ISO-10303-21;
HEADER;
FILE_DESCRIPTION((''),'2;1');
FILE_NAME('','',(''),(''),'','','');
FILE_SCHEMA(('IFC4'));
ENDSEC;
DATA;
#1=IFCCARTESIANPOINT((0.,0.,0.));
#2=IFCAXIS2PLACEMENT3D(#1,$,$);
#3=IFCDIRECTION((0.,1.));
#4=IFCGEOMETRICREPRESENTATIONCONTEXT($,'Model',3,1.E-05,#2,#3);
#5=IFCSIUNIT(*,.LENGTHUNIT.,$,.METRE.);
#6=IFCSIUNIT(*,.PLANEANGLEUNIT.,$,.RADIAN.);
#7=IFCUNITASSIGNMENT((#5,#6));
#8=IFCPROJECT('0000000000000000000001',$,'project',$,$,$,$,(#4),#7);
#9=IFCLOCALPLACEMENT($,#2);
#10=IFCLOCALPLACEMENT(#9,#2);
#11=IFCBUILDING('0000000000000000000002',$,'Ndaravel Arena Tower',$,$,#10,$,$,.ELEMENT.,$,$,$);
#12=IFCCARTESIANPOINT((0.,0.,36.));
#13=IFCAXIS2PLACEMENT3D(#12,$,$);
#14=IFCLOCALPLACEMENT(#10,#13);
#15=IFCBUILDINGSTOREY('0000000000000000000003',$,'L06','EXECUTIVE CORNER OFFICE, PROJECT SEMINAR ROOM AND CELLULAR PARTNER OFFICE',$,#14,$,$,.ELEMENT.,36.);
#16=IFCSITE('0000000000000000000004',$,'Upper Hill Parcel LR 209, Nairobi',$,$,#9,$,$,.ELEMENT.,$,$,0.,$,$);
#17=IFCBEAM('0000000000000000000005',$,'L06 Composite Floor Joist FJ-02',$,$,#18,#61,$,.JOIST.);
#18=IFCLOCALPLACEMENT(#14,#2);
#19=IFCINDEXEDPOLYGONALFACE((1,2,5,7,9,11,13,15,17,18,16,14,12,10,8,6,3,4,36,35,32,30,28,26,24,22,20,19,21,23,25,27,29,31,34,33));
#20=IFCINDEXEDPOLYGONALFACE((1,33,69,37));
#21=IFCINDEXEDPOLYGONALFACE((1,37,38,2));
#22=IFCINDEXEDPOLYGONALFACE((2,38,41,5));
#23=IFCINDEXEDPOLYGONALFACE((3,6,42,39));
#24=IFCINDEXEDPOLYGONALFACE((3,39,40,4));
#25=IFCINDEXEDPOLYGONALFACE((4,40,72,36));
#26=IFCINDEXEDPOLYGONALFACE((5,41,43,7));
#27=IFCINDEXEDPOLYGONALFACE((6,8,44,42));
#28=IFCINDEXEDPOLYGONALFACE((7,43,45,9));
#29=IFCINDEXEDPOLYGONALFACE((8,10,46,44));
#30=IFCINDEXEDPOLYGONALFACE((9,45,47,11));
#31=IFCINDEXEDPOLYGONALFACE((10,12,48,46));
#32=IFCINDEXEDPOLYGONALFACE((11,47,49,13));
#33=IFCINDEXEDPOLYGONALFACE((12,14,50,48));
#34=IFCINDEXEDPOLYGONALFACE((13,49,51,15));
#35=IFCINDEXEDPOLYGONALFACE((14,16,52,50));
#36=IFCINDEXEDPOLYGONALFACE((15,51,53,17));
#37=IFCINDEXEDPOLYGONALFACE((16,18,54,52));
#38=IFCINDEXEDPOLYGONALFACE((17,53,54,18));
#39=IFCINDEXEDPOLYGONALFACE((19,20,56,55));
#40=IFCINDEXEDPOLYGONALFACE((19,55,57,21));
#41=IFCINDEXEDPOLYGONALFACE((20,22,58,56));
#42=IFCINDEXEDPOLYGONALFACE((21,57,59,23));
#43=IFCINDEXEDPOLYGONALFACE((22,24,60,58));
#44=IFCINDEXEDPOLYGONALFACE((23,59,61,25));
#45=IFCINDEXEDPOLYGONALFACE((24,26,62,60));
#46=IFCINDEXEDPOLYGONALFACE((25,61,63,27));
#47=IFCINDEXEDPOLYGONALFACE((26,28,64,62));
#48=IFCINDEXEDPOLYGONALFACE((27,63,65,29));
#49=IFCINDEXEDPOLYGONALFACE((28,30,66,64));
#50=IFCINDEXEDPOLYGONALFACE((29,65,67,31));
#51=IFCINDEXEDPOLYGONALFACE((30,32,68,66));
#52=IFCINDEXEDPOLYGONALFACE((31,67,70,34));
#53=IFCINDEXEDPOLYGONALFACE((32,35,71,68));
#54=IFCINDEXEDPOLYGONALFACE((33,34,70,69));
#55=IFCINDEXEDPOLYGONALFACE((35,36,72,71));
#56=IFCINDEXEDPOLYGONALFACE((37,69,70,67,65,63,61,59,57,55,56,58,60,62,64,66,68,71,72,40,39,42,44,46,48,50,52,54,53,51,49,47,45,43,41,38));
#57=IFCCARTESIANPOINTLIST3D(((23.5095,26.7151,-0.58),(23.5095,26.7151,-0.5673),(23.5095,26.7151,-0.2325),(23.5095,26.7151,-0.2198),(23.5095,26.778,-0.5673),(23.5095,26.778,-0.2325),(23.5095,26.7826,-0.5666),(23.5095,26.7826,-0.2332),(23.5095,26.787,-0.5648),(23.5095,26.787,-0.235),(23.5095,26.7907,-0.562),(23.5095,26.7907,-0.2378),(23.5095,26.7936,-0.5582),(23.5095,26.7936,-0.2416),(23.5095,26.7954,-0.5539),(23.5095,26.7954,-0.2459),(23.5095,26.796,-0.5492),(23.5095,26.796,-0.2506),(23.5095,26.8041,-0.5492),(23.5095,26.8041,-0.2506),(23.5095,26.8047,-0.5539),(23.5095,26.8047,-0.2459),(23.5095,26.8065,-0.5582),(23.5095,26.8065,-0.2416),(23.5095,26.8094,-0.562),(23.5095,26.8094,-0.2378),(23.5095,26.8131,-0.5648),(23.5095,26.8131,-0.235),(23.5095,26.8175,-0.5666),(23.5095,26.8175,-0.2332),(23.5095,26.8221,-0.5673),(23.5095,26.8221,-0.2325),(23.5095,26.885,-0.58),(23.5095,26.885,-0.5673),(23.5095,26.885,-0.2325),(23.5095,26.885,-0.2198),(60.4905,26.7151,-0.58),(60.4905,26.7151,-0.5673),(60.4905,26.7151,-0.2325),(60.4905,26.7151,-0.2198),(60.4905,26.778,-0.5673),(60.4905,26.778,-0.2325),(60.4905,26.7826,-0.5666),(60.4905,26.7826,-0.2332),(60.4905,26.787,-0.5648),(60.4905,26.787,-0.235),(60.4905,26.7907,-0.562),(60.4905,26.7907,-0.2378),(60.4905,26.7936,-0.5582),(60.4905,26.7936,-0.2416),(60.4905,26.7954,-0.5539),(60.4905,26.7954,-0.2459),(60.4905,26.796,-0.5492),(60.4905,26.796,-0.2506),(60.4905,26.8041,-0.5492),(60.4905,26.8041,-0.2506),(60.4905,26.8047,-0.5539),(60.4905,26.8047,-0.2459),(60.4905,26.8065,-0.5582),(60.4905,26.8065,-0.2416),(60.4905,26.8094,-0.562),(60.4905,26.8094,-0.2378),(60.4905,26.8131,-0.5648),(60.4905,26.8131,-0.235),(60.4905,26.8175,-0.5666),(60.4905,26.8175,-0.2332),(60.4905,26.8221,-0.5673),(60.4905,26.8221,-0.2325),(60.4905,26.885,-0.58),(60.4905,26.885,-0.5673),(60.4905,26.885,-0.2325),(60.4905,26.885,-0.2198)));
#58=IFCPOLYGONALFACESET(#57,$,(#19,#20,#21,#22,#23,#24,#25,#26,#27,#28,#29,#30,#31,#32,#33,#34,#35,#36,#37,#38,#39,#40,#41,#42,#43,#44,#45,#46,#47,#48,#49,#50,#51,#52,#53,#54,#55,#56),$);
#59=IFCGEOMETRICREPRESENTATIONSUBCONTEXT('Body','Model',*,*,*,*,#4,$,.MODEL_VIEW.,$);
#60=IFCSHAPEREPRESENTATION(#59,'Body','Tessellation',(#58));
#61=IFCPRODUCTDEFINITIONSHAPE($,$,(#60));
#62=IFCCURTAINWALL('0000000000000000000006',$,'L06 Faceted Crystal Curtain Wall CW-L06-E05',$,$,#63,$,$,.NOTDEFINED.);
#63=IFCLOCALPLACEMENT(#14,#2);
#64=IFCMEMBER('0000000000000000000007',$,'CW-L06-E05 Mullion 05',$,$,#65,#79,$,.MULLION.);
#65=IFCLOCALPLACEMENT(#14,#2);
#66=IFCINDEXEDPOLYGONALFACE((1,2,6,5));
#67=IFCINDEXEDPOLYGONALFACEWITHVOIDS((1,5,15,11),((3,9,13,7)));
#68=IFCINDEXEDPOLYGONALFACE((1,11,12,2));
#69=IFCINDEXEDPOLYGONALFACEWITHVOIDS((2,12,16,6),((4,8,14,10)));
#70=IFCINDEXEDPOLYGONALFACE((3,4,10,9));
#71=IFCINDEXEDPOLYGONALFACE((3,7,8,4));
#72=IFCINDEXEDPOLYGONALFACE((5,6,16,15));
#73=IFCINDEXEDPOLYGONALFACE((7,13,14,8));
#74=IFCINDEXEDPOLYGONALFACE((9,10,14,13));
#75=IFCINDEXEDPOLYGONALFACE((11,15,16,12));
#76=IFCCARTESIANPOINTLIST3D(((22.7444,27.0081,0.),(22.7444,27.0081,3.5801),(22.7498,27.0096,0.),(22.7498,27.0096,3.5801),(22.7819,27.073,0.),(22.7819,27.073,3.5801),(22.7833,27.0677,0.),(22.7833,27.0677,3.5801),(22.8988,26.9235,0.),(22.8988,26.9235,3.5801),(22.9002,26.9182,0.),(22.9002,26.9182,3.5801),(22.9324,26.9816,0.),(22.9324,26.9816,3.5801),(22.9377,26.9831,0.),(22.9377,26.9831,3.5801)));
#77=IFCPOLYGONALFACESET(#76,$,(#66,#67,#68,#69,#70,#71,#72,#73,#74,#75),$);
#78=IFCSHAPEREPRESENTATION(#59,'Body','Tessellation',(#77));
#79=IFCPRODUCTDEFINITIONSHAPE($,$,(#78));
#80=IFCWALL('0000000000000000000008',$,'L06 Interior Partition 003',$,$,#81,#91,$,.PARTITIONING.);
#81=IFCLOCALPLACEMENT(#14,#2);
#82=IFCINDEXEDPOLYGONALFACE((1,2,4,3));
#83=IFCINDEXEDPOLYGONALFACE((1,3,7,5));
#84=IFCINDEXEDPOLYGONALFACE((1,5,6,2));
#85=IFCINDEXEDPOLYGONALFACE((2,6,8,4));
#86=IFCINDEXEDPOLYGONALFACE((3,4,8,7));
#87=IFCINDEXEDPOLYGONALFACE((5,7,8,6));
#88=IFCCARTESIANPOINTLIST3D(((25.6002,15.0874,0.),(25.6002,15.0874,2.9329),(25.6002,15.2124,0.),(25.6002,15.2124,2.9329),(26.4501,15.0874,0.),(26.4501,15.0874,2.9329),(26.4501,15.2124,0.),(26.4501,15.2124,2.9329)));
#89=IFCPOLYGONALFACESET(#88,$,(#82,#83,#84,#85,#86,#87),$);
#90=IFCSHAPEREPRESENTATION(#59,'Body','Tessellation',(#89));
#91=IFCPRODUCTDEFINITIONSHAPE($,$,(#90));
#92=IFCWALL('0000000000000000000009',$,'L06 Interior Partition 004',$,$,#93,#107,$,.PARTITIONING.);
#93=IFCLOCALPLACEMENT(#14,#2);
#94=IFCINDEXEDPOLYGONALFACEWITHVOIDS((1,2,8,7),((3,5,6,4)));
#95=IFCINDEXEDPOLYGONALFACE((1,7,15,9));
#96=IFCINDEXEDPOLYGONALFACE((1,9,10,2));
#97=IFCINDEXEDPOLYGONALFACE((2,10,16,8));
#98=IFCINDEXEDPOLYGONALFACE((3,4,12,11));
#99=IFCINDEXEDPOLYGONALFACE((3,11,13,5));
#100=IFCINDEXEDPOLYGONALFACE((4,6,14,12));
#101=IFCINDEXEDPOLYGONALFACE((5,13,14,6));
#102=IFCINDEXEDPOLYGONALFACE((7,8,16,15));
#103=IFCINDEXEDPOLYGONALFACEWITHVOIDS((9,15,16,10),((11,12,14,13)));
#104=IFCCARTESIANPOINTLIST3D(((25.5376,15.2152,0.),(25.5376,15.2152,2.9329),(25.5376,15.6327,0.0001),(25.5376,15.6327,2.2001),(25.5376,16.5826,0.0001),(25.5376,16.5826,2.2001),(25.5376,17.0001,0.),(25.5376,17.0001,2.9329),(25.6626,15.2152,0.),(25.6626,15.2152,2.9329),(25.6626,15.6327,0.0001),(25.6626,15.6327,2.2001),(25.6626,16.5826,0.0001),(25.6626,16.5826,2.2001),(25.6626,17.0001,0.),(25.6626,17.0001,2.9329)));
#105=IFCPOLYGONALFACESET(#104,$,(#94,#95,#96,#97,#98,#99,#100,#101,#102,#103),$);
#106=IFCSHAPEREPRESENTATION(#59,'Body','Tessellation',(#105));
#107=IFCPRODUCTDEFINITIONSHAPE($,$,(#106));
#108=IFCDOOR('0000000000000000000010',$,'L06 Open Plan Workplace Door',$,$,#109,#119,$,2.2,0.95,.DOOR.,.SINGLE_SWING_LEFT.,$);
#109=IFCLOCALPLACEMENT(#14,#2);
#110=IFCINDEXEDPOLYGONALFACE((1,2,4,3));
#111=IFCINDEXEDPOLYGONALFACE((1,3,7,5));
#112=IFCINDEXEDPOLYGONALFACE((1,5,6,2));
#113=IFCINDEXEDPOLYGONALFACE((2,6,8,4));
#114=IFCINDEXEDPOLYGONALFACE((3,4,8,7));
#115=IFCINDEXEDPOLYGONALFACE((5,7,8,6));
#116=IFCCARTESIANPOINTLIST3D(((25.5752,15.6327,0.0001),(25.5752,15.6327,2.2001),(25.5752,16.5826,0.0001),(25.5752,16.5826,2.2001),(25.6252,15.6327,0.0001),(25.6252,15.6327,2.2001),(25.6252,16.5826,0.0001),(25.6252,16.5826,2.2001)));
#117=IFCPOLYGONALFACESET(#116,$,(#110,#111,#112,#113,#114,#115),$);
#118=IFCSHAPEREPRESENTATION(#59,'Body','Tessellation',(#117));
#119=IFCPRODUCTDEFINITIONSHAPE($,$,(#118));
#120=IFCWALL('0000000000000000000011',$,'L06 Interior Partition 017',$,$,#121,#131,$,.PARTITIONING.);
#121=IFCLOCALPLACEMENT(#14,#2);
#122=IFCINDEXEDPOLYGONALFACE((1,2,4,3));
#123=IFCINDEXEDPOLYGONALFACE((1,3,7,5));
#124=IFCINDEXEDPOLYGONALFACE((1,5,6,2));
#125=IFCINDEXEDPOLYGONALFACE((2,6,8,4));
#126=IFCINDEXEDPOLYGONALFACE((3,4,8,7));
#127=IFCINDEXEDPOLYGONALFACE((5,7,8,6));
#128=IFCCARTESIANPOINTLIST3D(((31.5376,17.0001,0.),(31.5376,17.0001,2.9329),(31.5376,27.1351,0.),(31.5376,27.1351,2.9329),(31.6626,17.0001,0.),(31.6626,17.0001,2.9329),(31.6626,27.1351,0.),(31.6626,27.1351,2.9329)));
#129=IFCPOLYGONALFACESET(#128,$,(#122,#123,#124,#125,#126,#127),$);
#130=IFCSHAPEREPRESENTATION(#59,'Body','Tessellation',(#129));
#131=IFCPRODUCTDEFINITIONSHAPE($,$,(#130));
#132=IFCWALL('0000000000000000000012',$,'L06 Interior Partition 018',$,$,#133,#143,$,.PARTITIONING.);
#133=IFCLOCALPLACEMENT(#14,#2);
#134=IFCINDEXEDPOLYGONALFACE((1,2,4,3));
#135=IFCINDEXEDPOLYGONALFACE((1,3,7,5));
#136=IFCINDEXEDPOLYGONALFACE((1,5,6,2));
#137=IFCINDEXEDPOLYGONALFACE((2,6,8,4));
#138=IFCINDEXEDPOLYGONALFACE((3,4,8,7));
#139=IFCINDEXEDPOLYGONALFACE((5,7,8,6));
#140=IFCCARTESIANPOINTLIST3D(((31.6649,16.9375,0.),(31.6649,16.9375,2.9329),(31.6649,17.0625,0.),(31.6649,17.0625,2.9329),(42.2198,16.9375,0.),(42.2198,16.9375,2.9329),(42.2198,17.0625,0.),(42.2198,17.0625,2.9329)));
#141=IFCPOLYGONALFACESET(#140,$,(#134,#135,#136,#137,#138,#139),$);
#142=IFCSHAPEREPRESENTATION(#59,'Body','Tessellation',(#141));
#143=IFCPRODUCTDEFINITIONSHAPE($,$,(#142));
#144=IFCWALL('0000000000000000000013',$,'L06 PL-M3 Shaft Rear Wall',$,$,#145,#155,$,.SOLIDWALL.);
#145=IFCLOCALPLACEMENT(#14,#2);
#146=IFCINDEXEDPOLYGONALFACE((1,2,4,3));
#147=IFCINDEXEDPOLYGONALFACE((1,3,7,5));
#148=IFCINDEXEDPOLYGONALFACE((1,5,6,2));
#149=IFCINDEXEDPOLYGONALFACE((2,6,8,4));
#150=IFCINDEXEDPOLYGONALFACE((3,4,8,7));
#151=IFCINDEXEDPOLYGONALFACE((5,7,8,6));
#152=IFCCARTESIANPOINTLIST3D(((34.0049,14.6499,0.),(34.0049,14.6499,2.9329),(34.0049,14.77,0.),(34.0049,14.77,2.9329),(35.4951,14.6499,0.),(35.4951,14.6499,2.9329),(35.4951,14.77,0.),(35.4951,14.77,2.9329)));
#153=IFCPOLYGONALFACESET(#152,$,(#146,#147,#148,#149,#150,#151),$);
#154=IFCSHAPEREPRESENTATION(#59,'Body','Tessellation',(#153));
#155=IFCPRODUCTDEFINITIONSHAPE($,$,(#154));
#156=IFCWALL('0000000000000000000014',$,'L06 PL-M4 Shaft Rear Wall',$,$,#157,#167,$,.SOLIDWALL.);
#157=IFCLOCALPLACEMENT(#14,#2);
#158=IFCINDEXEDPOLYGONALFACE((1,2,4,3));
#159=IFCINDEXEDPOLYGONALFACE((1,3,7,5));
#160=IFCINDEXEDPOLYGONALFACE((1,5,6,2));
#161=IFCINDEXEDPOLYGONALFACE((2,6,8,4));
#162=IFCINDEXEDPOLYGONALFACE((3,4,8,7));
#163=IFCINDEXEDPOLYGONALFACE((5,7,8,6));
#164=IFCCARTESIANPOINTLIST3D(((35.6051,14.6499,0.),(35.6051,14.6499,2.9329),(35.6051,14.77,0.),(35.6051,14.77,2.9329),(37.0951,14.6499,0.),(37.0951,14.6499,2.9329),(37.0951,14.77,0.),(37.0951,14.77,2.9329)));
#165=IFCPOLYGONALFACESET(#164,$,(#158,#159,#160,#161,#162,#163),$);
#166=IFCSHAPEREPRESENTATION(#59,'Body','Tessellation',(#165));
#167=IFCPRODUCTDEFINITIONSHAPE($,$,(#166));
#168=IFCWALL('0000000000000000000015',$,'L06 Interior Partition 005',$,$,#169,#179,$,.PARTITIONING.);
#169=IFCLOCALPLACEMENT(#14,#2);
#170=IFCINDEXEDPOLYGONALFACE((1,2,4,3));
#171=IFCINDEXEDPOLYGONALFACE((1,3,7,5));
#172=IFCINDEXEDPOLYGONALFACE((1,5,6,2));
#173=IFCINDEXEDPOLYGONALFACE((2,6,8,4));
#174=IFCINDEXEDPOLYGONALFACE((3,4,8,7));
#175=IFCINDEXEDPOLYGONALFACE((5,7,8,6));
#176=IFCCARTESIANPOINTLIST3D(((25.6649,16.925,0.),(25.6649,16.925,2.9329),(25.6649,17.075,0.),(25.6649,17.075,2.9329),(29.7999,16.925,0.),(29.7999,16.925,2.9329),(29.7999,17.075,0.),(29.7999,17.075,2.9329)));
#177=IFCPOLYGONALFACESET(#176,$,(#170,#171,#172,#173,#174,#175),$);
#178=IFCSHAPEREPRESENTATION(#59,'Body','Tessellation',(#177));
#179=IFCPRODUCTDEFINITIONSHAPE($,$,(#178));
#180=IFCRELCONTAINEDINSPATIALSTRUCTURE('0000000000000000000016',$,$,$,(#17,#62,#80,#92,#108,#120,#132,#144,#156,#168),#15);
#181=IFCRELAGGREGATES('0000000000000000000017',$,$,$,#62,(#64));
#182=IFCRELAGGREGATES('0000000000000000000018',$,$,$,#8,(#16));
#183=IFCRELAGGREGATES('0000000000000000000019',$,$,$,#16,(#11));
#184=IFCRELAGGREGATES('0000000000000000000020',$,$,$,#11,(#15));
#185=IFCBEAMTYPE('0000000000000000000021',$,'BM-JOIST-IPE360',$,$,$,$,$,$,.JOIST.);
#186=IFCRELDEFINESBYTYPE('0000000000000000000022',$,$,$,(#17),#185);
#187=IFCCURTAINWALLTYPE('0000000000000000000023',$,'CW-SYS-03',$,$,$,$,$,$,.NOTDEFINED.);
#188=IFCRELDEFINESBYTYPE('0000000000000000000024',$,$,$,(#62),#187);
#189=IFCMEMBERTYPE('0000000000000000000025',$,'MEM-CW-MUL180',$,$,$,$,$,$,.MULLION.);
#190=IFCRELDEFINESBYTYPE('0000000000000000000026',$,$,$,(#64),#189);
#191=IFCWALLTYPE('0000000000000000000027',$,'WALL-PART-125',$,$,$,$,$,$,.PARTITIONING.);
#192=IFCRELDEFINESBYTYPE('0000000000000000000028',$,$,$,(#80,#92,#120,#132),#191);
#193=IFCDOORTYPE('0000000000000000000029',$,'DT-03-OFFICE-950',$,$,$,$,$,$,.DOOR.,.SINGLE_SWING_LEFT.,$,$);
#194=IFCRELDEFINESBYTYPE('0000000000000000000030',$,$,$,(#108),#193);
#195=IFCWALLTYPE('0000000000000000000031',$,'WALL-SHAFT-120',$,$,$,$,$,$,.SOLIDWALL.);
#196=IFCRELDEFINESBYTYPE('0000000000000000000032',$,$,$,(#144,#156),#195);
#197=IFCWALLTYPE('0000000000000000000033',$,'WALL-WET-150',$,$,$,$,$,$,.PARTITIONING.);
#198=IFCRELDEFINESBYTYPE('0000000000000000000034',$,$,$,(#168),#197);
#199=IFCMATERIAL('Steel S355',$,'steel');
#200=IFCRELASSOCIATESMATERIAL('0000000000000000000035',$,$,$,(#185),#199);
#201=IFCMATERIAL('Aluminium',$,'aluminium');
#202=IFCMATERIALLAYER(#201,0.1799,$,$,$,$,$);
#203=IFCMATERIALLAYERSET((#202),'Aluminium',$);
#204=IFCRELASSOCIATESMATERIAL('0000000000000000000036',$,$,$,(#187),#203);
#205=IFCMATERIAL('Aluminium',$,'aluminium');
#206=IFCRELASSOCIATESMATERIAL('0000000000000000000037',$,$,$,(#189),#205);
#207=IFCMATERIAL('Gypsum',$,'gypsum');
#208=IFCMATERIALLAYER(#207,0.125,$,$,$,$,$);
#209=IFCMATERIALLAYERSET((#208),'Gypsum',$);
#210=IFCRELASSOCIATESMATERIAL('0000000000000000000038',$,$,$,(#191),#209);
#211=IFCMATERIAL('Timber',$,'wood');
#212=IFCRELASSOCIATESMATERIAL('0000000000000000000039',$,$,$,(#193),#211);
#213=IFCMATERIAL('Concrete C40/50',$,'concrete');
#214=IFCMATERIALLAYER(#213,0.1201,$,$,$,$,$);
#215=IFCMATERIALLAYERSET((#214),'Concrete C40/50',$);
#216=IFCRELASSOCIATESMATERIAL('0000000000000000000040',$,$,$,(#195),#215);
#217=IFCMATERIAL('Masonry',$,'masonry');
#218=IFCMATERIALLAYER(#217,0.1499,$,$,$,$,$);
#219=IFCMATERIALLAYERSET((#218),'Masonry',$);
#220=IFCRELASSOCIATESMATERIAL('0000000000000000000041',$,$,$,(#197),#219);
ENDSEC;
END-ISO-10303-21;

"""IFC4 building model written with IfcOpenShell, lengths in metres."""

from ifc_helpers import new_model, si_unit, direction, frame, frame_2d, origin, origin_2d, place, context, subcontext, project, spatial, rectangle, hollow_rectangle, i_section, extrude, material, layer, layer_set, material_profile, profile_set, type_object, element, fill, aggregate, save


model = new_model("IFC4")

# Units and contexts
model_context = context("Model", 3, precision=1e-05, world=origin(), true_north=direction((0.0, 1.0)))
body_context = subcontext(model_context, "Body", "Model", "MODEL_VIEW")
ifc_project = project(units=[si_unit("LENGTHUNIT", "METRE"), si_unit("PLANEANGLEUNIT", "RADIAN")], contexts=[model_context])

# Site, building, storey
site_placement = place(None, origin())
site = spatial("IfcSite", under=ifc_project, at=site_placement, Name="Upper Hill Parcel LR 209, Nairobi", CompositionType="ELEMENT", RefElevation=0.0)
building_placement = place(site_placement, origin())
building = spatial("IfcBuilding", under=site, at=building_placement, Name="Ndaravel Arena Tower", CompositionType="ELEMENT")
storey_placement = place(building_placement, frame((0.0, 0.0, 36.0)))
storey = spatial("IfcBuildingStorey", under=building, at=storey_placement, Name="L06", Description="EXECUTIVE CORNER OFFICE, PROJECT SEMINAR ROOM AND CELLULAR PARTNER OFFICE", CompositionType="ELEMENT", Elevation=36.0)

# Beam
ifc_material_1 = material(Name="Steel S355", Category="steel")
ifc_material_profile_1 = material_profile(ifc_material_1, i_section(OverallWidth=0.1699, OverallDepth=0.3601, WebThickness=0.0081, FlangeThickness=0.0127, FilletRadius=0.0181, at=origin_2d()), Name="IPE 360")
ifc_profile_set_1 = profile_set([ifc_material_profile_1], Name="Steel S355")
beam_type_1 = type_object("IfcBeamType", Name="BM-JOIST-IPE360", PredefinedType="JOIST", material=ifc_profile_set_1)
beam_1_placement = place(storey_placement, frame((23.5095, 26.8, -0.3999), z_axis=(1.0, 0.0, 0.0), x_axis=(0.0, 1.0, 0.0)))
element("IfcBeam", 1, at=beam_1_placement, inside=storey, type_object=beam_type_1, Name="L06 Composite Floor Joist FJ-02", PredefinedType="JOIST", context=body_context, shape_type="SweptSolid", body=[
    extrude(i_section(OverallWidth=0.1699, OverallDepth=0.3601, WebThickness=0.0081, FlangeThickness=0.0127, FilletRadius=0.0181, at=origin_2d()), origin(), (0.0, 0.0, 1.0), 36.981),
])

# Curtain wall, member
ifc_material_2 = material(Name="Aluminium", Category="aluminium")
ifc_layer_1 = layer(ifc_material_2, 0.1799)
ifc_layer_set_1 = layer_set([ifc_layer_1], Name="Aluminium")
curtain_wall_type = type_object("IfcCurtainWallType", Name="CW-SYS-03", PredefinedType="NOTDEFINED", material=ifc_layer_set_1)
curtain_wall_placement = place(storey_placement, origin())
curtain_wall = element("IfcCurtainWall", 2, at=curtain_wall_placement, inside=storey, type_object=curtain_wall_type, Name="L06 Faceted Crystal Curtain Wall CW-L06-E05", PredefinedType="NOTDEFINED")
ifc_material_3 = material(Name="Aluminium", Category="aluminium")
ifc_material_profile_2 = material_profile(ifc_material_3, hollow_rectangle(XDim=0.075, YDim=0.1799, WallThickness=0.0039, at=origin_2d()), Name="CW MULLION 75x180x4")
ifc_profile_set_2 = profile_set([ifc_material_profile_2], Name="Aluminium")
member_type = type_object("IfcMemberType", Name="MEM-CW-MUL180", PredefinedType="MULLION", material=ifc_profile_set_2)
member_placement = place(storey_placement, frame((22.8411, 26.9956, 0.0), z_axis=(0.0, 0.0, 1.0), x_axis=(-0.5, -0.866025, 0.0)))
member = element("IfcMember", 3, at=member_placement, type_object=member_type, Name="CW-L06-E05 Mullion 05", PredefinedType="MULLION", context=body_context, shape_type="SweptSolid", body=[
    extrude(hollow_rectangle(XDim=0.075, YDim=0.1799, WallThickness=0.0039, at=origin_2d()), origin(), (0.0, 0.0, 1.0), 3.5801),
])
aggregate(curtain_wall, [member])

# Wall
ifc_material_4 = material(Name="Gypsum", Category="gypsum")
ifc_layer_2 = layer(ifc_material_4, 0.125)
ifc_layer_set_2 = layer_set([ifc_layer_2], Name="Gypsum")
wall_type_1 = type_object("IfcWallType", Name="WALL-PART-125", PredefinedType="PARTITIONING", material=ifc_layer_set_2)
wall_1_placement = place(storey_placement, frame((26.45, 15.1499, 0.0), z_axis=(0.0, 0.0, 1.0), x_axis=(-1.0, 0.0, 0.0)))
element("IfcWall", 4, at=wall_1_placement, inside=storey, type_object=wall_type_1, Name="L06 Interior Partition 003", PredefinedType="PARTITIONING", context=body_context, shape_type="SweptSolid", body=[
    extrude(rectangle(XDim=0.8499, YDim=0.125, at=frame_2d((0.4248, 0.0))), origin(), (0.0, 0.0, 1.0), 2.9329),
])

# Wall, opening, door
wall_2_placement = place(storey_placement, frame((25.6001, 15.2151, 0.0), z_axis=(0.0, 0.0, 1.0), x_axis=(0.0, 1.0, 0.0)))
wall_2 = element("IfcWall", 5, at=wall_2_placement, inside=storey, type_object=wall_type_1, Name="L06 Interior Partition 004", PredefinedType="PARTITIONING", context=body_context, shape_type="SweptSolid", body=[
    extrude(rectangle(XDim=1.7849, YDim=0.125, at=frame_2d((0.8926, 0.0))), origin(), (0.0, 0.0, 1.0), 2.9329),
])
opening_1_placement = place(wall_2_placement, frame((0.4175, 0.0, 0.0)))
opening_1 = element("IfcOpeningElement", 6, at=opening_1_placement, cuts=wall_2, PredefinedType="OPENING", context=body_context, shape_type="SweptSolid", body=[
    extrude(rectangle(XDim=0.95, YDim=2.2, at=frame_2d((0.4751, 1.1001))), frame((0.0, 0.0625, 0.0), z_axis=(0.0, -1.0, 0.0), x_axis=(1.0, 0.0, 0.0)), (0.0, 0.0, 1.0), 0.125),
])
ifc_material_5 = material(Name="Timber", Category="wood")
door_type_1 = type_object("IfcDoorType", Name="DT-03-OFFICE-950", OperationType="SINGLE_SWING_LEFT", PredefinedType="DOOR", material=ifc_material_5)
door_1_placement = place(opening_1_placement, origin())
door_1 = element("IfcDoor", 7, at=door_1_placement, inside=storey, type_object=door_type_1, Name="L06 Open Plan Workplace Door", OperationType="SINGLE_SWING_LEFT", OverallHeight=2.2, OverallWidth=0.95, PredefinedType="DOOR", context=body_context, shape_type="SweptSolid", body=[
    extrude(rectangle(XDim=0.95, YDim=2.2, at=frame_2d((0.4751, 1.1001))), frame((0.0, 0.0249, 0.0), z_axis=(0.0, -1.0, 0.0), x_axis=(1.0, 0.0, 0.0)), (0.0, 0.0, 1.0), 0.05),
])
fill(opening_1, door_1)

# Walls
wall_3_placement = place(storey_placement, frame((31.6001, 27.135, 0.0), z_axis=(0.0, 0.0, 1.0), x_axis=(0.0, -1.0, 0.0)))
element("IfcWall", 8, at=wall_3_placement, inside=storey, type_object=wall_type_1, Name="L06 Interior Partition 017", PredefinedType="PARTITIONING", context=body_context, shape_type="SweptSolid", body=[
    extrude(rectangle(XDim=10.135, YDim=0.125, at=frame_2d((5.0674, 0.0))), origin(), (0.0, 0.0, 1.0), 2.9329),
])
wall_4_placement = place(storey_placement, frame((31.665, 17.0, 0.0), z_axis=(0.0, 0.0, 1.0), x_axis=(1.0, 0.0, 0.0)))
element("IfcWall", 9, at=wall_4_placement, inside=storey, type_object=wall_type_1, Name="L06 Interior Partition 018", PredefinedType="PARTITIONING", context=body_context, shape_type="SweptSolid", body=[
    extrude(rectangle(XDim=10.5549, YDim=0.125, at=frame_2d((5.2773, 0.0))), origin(), (0.0, 0.0, 1.0), 2.9329),
])
ifc_material_6 = material(Name="Concrete C40/50", Category="concrete")
ifc_layer_3 = layer(ifc_material_6, 0.1201)
ifc_layer_set_3 = layer_set([ifc_layer_3], Name="Concrete C40/50")
wall_type_2 = type_object("IfcWallType", Name="WALL-SHAFT-120", PredefinedType="SOLIDWALL", material=ifc_layer_set_3)
wall_5_placement = place(storey_placement, frame((34.0049, 14.71, 0.0), z_axis=(0.0, 0.0, 1.0), x_axis=(1.0, 0.0, 0.0)))
element("IfcWall", 10, at=wall_5_placement, inside=storey, type_object=wall_type_2, Name="L06 PL-M3 Shaft Rear Wall", PredefinedType="SOLIDWALL", context=body_context, shape_type="SweptSolid", body=[
    extrude(rectangle(XDim=1.4902, YDim=0.1201, at=frame_2d((0.7451, 0.0))), origin(), (0.0, 0.0, 1.0), 2.9329),
])
wall_6_placement = place(storey_placement, frame((35.605, 14.71, 0.0), z_axis=(0.0, 0.0, 1.0), x_axis=(1.0, 0.0, 0.0)))
element("IfcWall", 11, at=wall_6_placement, inside=storey, type_object=wall_type_2, Name="L06 PL-M4 Shaft Rear Wall", PredefinedType="SOLIDWALL", context=body_context, shape_type="SweptSolid", body=[
    extrude(rectangle(XDim=1.49, YDim=0.1201, at=frame_2d((0.7451, 0.0))), origin(), (0.0, 0.0, 1.0), 2.9329),
])
ifc_material_7 = material(Name="Masonry", Category="masonry")
ifc_layer_4 = layer(ifc_material_7, 0.1499)
ifc_layer_set_4 = layer_set([ifc_layer_4], Name="Masonry")
wall_type_3 = type_object("IfcWallType", Name="WALL-WET-150", PredefinedType="PARTITIONING", material=ifc_layer_set_4)
wall_7_placement = place(storey_placement, frame((25.665, 17.0, 0.0), z_axis=(0.0, 0.0, 1.0), x_axis=(1.0, 0.0, 0.0)))
element("IfcWall", 12, at=wall_7_placement, inside=storey, type_object=wall_type_3, Name="L06 Interior Partition 005", PredefinedType="PARTITIONING", context=body_context, shape_type="SweptSolid", body=[
    extrude(rectangle(XDim=4.135, YDim=0.1499, at=frame_2d((2.0674, 0.0))), origin(), (0.0, 0.0, 1.0), 2.9329),
])

save(model, "model.ifc")
